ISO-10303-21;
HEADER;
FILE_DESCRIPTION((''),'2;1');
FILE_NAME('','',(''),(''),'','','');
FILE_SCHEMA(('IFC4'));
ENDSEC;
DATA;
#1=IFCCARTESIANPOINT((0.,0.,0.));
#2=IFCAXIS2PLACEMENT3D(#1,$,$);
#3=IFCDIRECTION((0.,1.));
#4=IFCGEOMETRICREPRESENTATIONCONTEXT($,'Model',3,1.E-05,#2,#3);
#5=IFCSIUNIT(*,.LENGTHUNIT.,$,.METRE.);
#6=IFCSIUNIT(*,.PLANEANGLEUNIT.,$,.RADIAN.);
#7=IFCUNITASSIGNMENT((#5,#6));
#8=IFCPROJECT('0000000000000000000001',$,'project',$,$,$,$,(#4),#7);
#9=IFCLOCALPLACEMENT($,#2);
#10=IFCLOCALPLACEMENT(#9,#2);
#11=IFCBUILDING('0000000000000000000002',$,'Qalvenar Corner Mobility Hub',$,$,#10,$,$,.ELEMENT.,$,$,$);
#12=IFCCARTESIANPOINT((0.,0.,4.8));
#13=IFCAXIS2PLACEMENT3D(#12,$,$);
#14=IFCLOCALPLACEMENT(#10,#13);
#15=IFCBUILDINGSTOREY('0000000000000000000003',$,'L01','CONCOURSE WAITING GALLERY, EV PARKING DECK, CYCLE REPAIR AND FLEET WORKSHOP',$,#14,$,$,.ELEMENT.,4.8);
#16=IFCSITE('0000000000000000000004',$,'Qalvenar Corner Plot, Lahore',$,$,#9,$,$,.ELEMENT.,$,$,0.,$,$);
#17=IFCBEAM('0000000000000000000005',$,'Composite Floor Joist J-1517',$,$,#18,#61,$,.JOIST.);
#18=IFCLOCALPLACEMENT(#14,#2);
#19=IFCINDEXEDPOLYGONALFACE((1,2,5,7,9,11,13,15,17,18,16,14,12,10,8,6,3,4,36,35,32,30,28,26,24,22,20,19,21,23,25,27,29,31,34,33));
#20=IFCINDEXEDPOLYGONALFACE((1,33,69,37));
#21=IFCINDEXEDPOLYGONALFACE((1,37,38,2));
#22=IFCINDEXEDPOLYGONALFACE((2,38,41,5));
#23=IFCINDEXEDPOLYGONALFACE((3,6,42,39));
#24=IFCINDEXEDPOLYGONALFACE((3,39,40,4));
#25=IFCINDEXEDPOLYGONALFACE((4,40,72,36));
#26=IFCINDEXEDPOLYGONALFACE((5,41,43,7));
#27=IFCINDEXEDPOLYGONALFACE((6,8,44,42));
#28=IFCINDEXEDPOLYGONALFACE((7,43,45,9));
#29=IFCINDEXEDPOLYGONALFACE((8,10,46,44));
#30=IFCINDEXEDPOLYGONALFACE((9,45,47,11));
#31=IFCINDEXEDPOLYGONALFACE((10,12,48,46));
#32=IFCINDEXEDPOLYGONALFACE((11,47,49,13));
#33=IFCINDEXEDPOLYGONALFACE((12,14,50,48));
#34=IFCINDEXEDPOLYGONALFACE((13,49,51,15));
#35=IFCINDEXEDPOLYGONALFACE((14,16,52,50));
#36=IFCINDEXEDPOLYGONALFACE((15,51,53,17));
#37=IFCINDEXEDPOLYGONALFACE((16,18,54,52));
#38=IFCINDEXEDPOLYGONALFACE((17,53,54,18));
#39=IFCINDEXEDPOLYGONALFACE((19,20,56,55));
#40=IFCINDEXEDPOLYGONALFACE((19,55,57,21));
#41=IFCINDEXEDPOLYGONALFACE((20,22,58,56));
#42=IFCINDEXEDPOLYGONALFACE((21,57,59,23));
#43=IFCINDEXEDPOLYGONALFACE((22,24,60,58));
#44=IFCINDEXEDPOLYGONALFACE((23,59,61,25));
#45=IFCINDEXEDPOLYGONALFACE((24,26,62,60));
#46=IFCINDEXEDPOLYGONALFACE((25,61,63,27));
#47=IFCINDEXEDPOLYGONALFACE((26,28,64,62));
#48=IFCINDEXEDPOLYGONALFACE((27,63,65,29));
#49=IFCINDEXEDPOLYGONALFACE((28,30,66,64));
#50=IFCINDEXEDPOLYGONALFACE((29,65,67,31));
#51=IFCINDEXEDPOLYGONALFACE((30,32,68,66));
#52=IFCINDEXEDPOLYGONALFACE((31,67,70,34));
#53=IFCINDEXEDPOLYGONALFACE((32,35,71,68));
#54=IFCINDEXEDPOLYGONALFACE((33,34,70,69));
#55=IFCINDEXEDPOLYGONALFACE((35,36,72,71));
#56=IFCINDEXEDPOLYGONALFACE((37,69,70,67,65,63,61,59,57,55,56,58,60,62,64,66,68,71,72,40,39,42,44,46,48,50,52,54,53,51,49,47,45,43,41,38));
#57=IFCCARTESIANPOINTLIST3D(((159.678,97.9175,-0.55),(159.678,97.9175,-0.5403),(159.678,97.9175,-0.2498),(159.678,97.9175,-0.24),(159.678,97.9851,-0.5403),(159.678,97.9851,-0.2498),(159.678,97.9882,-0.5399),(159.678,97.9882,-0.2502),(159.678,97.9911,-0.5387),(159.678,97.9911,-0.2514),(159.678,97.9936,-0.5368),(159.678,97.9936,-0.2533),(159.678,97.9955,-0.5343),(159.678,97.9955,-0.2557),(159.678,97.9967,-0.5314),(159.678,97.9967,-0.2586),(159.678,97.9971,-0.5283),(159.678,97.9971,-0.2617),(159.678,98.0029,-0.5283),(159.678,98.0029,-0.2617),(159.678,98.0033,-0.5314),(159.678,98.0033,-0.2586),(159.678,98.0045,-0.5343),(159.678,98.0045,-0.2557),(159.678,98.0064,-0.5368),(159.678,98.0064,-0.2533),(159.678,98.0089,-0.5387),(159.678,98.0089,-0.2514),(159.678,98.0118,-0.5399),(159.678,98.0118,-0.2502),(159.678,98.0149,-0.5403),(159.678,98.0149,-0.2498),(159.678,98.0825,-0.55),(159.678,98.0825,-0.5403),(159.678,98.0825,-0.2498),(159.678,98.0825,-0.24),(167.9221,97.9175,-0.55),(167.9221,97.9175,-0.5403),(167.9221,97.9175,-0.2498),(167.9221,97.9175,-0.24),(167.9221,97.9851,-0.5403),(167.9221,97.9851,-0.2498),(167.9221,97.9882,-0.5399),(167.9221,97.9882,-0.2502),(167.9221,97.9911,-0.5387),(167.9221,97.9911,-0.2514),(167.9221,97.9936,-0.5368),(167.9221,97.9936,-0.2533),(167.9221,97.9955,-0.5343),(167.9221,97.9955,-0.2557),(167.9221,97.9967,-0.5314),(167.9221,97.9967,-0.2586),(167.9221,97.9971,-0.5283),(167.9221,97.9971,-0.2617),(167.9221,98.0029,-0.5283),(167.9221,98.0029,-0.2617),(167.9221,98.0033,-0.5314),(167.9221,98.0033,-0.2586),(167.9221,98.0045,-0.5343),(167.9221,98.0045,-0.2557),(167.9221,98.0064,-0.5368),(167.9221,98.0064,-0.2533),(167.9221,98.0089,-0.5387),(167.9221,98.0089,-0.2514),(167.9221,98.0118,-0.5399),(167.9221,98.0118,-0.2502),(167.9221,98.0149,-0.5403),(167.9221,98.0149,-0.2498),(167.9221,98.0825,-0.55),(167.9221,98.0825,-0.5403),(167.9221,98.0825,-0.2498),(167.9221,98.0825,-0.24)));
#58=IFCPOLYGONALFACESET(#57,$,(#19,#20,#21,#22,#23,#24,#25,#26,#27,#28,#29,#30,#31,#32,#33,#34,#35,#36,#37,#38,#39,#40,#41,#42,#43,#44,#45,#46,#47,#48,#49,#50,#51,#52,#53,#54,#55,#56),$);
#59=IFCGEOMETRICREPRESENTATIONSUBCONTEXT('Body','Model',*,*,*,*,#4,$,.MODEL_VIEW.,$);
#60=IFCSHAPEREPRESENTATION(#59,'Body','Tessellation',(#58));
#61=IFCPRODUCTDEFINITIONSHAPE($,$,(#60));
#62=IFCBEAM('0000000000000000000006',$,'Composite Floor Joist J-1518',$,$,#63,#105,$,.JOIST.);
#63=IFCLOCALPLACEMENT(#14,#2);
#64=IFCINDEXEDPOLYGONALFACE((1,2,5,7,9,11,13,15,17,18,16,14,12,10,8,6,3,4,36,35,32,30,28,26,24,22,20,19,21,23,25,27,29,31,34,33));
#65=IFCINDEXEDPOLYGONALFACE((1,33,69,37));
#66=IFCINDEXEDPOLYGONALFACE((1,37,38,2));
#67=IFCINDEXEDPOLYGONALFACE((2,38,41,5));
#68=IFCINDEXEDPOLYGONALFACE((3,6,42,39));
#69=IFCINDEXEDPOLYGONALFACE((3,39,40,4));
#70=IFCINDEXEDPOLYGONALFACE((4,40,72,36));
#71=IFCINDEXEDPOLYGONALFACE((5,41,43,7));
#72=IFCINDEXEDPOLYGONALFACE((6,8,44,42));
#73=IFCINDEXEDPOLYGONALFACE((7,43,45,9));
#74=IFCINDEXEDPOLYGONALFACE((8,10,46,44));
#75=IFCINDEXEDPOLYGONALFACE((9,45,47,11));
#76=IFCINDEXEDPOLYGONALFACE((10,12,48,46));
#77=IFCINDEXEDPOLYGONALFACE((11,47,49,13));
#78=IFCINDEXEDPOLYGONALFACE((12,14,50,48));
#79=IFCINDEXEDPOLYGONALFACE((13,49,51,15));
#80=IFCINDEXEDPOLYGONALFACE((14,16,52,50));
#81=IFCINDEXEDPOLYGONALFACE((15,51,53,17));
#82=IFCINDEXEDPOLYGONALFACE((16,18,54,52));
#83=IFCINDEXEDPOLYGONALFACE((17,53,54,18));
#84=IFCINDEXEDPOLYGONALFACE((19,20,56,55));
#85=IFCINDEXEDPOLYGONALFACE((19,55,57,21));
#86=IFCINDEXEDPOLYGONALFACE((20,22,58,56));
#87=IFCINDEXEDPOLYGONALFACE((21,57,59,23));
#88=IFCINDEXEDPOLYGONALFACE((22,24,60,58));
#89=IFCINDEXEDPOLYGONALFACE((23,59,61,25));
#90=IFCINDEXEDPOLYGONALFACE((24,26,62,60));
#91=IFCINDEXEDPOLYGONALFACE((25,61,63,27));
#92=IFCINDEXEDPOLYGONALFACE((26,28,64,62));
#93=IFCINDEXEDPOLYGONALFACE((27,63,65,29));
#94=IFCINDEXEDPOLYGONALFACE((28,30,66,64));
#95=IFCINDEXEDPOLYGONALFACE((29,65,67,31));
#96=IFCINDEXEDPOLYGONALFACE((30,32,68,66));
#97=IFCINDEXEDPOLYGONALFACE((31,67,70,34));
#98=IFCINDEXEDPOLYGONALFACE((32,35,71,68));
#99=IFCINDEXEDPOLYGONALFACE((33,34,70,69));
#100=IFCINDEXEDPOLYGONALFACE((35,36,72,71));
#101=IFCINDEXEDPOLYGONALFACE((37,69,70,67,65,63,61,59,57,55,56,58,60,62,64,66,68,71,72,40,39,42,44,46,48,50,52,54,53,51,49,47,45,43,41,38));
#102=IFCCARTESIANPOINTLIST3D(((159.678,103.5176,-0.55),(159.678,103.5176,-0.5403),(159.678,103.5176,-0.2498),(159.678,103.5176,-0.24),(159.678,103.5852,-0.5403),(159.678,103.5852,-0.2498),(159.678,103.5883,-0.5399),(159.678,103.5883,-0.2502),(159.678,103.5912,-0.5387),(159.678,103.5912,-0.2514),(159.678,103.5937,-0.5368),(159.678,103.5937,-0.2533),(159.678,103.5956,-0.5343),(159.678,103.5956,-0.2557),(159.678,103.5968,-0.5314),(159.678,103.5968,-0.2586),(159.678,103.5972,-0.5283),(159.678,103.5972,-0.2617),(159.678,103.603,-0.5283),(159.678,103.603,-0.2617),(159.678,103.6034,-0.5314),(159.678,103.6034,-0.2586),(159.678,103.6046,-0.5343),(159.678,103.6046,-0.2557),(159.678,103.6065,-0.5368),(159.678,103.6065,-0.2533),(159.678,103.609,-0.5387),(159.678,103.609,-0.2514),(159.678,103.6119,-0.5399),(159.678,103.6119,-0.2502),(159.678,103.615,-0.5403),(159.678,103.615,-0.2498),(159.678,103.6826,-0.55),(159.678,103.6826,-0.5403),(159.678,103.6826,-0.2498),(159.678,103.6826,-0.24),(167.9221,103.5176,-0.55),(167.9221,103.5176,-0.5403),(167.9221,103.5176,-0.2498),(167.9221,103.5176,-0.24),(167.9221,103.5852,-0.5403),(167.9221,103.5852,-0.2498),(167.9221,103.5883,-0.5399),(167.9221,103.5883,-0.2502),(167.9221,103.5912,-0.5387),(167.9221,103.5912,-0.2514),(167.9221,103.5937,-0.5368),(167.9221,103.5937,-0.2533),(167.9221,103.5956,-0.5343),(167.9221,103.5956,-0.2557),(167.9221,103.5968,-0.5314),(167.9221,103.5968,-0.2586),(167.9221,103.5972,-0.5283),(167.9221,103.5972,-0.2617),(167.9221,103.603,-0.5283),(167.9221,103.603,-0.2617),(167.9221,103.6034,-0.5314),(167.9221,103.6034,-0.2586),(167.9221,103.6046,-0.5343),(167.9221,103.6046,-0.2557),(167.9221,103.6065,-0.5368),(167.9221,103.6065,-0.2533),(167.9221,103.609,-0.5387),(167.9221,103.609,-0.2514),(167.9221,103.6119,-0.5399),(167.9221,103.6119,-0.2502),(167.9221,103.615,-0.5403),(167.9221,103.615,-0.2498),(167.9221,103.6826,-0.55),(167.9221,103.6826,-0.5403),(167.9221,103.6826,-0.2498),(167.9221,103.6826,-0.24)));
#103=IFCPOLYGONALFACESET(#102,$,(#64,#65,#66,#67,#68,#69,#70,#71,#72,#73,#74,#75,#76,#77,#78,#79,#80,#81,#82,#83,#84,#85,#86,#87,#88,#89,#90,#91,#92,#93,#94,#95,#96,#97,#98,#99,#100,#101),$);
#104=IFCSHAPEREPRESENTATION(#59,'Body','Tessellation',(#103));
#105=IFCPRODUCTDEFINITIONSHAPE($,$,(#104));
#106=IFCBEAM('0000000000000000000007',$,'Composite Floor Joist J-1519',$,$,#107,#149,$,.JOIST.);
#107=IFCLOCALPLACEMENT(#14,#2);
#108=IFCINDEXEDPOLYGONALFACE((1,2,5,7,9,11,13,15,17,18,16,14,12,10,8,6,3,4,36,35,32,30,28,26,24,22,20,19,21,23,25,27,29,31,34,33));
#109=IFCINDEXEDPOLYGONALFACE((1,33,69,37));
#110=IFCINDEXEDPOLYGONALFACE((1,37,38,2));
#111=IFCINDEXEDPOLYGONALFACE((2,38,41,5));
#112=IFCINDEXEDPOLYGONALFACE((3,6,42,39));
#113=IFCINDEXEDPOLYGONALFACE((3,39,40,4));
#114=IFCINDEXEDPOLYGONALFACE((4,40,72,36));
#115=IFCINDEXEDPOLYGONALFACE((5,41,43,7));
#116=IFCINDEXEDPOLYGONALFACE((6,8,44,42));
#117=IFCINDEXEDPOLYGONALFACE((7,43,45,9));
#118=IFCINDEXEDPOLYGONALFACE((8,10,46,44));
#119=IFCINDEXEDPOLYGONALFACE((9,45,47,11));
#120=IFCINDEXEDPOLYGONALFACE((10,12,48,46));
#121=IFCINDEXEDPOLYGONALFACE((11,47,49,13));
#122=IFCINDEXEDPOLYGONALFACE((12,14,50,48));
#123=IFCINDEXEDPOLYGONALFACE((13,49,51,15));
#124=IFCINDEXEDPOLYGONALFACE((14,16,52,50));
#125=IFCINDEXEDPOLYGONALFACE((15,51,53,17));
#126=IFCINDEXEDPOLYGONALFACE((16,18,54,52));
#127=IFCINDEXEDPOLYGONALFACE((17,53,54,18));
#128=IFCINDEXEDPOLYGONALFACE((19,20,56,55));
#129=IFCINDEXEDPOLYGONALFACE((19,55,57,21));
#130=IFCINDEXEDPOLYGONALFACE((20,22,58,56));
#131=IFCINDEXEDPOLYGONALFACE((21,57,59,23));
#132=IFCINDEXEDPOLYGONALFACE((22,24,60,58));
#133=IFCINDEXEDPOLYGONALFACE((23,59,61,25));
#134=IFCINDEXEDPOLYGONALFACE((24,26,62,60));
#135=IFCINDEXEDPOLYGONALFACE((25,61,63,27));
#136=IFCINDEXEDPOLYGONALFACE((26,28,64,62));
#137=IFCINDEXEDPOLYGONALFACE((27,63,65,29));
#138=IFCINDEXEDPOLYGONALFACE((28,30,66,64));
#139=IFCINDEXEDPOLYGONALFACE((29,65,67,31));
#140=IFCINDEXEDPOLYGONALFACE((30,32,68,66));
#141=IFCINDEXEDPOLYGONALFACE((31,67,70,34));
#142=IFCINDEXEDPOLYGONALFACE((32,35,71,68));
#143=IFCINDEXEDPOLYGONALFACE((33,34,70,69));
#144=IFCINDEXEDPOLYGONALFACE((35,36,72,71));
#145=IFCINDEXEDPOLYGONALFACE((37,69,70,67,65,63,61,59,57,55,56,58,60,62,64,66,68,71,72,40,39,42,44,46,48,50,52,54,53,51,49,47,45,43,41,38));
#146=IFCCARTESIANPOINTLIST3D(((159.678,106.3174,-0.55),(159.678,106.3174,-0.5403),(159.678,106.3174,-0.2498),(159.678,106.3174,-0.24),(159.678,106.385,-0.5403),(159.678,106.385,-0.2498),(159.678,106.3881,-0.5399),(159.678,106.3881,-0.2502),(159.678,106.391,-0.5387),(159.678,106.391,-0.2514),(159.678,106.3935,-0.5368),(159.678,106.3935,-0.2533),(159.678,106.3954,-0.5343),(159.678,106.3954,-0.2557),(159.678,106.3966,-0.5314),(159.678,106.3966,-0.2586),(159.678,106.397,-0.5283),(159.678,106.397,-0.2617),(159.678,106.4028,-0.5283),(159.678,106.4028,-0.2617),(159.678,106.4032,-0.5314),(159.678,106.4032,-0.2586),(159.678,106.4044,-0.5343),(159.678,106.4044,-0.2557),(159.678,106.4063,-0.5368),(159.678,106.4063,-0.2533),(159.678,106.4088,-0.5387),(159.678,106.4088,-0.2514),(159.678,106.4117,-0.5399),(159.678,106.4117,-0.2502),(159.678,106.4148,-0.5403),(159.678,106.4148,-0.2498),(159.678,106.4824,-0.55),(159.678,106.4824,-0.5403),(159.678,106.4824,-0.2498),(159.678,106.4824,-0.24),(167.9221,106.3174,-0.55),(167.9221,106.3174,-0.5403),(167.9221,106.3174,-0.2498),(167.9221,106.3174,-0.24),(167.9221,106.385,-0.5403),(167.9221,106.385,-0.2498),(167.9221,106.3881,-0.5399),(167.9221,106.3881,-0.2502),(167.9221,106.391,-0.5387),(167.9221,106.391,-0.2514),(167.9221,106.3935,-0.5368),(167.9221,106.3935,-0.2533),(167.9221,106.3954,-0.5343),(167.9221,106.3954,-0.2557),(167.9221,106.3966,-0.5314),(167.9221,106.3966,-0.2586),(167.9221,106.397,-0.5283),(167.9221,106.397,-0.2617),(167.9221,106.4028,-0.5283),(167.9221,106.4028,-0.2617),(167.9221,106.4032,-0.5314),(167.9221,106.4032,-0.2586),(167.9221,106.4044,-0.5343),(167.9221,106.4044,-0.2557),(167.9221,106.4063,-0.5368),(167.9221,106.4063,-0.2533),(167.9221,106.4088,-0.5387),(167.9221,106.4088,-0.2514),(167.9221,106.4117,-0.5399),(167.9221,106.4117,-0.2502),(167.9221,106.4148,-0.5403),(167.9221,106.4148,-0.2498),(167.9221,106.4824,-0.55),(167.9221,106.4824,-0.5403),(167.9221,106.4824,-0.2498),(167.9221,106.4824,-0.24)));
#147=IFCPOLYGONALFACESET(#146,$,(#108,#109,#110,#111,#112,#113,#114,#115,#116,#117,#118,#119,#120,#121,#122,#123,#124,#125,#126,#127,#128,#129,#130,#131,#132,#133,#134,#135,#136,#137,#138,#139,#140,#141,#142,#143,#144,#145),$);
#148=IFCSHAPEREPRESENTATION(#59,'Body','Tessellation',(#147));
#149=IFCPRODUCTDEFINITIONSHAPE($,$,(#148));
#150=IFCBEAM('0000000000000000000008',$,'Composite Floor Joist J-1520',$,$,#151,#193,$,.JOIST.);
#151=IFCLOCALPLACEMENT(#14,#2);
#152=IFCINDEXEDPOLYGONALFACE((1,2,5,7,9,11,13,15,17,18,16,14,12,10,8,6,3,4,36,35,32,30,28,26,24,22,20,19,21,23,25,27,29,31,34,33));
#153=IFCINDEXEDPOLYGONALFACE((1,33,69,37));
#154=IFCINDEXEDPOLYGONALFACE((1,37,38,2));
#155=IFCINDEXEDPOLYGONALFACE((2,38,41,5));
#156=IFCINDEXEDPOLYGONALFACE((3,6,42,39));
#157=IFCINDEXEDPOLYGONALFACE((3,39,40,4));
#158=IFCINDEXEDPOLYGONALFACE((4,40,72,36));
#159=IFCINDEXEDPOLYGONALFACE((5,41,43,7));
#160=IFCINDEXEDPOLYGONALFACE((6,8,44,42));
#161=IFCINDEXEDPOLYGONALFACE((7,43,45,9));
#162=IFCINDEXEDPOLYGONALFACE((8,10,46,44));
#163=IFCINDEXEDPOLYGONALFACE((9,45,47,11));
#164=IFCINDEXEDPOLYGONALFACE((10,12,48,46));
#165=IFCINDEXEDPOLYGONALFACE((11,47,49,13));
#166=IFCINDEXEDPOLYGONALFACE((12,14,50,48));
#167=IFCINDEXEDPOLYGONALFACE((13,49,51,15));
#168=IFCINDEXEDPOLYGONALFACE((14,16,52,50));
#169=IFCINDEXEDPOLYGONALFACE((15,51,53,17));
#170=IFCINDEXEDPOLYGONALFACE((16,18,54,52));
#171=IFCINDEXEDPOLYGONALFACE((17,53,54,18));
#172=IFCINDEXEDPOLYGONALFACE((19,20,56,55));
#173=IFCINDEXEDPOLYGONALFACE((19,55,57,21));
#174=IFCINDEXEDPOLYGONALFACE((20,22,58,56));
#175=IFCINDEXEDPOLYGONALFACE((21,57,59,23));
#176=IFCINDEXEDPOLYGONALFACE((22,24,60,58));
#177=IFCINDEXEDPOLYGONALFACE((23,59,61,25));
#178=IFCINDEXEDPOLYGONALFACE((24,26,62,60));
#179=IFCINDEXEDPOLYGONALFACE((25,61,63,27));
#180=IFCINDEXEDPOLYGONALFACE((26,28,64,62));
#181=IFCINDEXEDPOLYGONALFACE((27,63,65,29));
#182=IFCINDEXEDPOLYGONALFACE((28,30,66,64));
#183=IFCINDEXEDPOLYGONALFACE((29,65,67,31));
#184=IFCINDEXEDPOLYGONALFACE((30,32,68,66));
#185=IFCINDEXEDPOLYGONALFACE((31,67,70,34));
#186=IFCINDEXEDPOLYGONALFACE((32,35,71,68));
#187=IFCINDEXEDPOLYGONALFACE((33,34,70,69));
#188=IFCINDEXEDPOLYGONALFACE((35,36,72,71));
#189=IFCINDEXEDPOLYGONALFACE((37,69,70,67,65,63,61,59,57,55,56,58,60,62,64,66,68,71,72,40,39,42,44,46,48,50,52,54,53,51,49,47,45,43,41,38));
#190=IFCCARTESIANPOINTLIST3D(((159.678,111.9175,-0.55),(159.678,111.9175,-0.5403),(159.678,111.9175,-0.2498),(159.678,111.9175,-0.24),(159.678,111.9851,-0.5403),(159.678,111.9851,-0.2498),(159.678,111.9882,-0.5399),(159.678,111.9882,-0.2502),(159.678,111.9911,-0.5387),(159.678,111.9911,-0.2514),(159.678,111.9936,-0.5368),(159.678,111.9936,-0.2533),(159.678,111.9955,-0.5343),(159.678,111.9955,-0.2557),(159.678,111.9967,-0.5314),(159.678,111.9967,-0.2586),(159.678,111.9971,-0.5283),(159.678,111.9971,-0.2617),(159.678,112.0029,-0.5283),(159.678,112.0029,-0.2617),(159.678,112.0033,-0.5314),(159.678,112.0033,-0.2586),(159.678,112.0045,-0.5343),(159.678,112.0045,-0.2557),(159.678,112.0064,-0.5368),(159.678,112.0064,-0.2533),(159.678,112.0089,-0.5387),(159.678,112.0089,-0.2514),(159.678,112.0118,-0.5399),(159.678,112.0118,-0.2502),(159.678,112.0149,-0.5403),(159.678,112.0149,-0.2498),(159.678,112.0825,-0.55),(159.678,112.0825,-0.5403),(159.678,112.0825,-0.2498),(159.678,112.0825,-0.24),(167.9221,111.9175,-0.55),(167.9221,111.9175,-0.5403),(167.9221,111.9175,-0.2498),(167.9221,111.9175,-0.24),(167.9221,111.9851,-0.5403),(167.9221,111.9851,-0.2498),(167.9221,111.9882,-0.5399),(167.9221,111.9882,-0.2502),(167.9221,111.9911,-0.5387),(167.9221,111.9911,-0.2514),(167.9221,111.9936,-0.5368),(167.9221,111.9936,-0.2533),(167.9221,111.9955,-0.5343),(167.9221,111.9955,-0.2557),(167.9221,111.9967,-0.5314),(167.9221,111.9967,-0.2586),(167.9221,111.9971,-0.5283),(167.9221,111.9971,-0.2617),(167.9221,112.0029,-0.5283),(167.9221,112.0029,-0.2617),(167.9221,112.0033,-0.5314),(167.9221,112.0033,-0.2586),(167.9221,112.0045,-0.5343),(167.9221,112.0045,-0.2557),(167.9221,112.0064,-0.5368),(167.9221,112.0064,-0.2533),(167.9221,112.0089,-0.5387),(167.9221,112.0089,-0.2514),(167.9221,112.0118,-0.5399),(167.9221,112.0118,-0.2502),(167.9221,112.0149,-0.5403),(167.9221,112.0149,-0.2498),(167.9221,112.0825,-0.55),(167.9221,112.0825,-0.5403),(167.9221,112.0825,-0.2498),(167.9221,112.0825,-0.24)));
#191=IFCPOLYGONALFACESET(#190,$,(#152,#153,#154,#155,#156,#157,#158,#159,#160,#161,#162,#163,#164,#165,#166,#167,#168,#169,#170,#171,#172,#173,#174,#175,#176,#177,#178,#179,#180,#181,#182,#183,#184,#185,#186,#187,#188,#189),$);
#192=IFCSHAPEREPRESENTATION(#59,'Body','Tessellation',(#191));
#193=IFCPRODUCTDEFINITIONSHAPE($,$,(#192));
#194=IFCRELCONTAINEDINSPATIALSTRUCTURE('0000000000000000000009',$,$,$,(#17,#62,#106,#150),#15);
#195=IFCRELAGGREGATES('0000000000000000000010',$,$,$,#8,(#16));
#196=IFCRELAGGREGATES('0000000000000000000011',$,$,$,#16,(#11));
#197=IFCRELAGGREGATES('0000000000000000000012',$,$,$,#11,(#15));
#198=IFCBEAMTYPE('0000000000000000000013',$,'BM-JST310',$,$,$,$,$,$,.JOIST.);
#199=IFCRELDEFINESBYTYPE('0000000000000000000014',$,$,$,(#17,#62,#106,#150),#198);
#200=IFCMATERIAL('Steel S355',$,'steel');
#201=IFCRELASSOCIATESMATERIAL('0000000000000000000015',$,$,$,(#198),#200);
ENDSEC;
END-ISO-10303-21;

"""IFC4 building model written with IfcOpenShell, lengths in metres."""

from ifc_helpers import new_model, si_unit, direction, frame, origin, origin_2d, place, context, subcontext, project, spatial, i_section, extrude, material, material_profile, profile_set, type_object, element, save


model = new_model("IFC4")

# Units and contexts
model_context = context("Model", 3, precision=1e-05, world=origin(), true_north=direction((0.0, 1.0)))
body_context = subcontext(model_context, "Body", "Model", "MODEL_VIEW")
ifc_project = project(units=[si_unit("LENGTHUNIT", "METRE"), si_unit("PLANEANGLEUNIT", "RADIAN")], contexts=[model_context])

# Site, building, storey
site_placement = place(None, origin())
site = spatial("IfcSite", under=ifc_project, at=site_placement, Name="Qalvenar Corner Plot, Lahore", CompositionType="ELEMENT", RefElevation=0.0)
building_placement = place(site_placement, origin())
building = spatial("IfcBuilding", under=site, at=building_placement, Name="Qalvenar Corner Mobility Hub", CompositionType="ELEMENT")
storey_placement = place(building_placement, frame((0.0, 0.0, 4.8)))
storey = spatial("IfcBuildingStorey", under=building, at=storey_placement, Name="L01", Description="CONCOURSE WAITING GALLERY, EV PARKING DECK, CYCLE REPAIR AND FLEET WORKSHOP", CompositionType="ELEMENT", Elevation=4.8)

# Shared definitions
ifc_material_1 = material(Name="Steel S355", Category="steel")

# Beams
ifc_material_profile_1 = material_profile(ifc_material_1, i_section(OverallWidth=0.165, OverallDepth=0.3101, WebThickness=0.0059, FlangeThickness=0.0098, FilletRadius=0.012, at=origin_2d()), Name="W310x38.7")
ifc_profile_set_1 = profile_set([ifc_material_profile_1], Name="Steel S355")
beam_type_1 = type_object("IfcBeamType", Name="BM-JST310", PredefinedType="JOIST", material=ifc_profile_set_1)
for number, where, z_axis, x_axis, name in (
    (1, (159.678, 98.0, -0.395), (1.0, 0.0, 0.0), (0.0, 1.0, 0.0), "Composite Floor Joist J-1517"),
    (2, (159.678, 103.6001, -0.395), (1.0, 0.0, 0.0), (0.0, 1.0, 0.0), "Composite Floor Joist J-1518"),
    (3, (159.678, 106.3999, -0.395), (1.0, 0.0, 0.0), (0.0, 1.0, 0.0), "Composite Floor Joist J-1519"),
    (4, (159.678, 112.0, -0.395), (1.0, 0.0, 0.0), (0.0, 1.0, 0.0), "Composite Floor Joist J-1520"),
):
    element("IfcBeam", number, at=place(storey_placement, frame(where, z_axis=z_axis, x_axis=x_axis)), inside=storey, type_object=beam_type_1, Name=name, PredefinedType="JOIST", context=body_context, shape_type="SweptSolid", body=[
        extrude(i_section(OverallWidth=0.165, OverallDepth=0.3101, WebThickness=0.0059, FlangeThickness=0.0098, FilletRadius=0.012, at=origin_2d()), origin(), (0.0, 0.0, 1.0), 8.2441),
    ])

save(model, "model.ifc")
